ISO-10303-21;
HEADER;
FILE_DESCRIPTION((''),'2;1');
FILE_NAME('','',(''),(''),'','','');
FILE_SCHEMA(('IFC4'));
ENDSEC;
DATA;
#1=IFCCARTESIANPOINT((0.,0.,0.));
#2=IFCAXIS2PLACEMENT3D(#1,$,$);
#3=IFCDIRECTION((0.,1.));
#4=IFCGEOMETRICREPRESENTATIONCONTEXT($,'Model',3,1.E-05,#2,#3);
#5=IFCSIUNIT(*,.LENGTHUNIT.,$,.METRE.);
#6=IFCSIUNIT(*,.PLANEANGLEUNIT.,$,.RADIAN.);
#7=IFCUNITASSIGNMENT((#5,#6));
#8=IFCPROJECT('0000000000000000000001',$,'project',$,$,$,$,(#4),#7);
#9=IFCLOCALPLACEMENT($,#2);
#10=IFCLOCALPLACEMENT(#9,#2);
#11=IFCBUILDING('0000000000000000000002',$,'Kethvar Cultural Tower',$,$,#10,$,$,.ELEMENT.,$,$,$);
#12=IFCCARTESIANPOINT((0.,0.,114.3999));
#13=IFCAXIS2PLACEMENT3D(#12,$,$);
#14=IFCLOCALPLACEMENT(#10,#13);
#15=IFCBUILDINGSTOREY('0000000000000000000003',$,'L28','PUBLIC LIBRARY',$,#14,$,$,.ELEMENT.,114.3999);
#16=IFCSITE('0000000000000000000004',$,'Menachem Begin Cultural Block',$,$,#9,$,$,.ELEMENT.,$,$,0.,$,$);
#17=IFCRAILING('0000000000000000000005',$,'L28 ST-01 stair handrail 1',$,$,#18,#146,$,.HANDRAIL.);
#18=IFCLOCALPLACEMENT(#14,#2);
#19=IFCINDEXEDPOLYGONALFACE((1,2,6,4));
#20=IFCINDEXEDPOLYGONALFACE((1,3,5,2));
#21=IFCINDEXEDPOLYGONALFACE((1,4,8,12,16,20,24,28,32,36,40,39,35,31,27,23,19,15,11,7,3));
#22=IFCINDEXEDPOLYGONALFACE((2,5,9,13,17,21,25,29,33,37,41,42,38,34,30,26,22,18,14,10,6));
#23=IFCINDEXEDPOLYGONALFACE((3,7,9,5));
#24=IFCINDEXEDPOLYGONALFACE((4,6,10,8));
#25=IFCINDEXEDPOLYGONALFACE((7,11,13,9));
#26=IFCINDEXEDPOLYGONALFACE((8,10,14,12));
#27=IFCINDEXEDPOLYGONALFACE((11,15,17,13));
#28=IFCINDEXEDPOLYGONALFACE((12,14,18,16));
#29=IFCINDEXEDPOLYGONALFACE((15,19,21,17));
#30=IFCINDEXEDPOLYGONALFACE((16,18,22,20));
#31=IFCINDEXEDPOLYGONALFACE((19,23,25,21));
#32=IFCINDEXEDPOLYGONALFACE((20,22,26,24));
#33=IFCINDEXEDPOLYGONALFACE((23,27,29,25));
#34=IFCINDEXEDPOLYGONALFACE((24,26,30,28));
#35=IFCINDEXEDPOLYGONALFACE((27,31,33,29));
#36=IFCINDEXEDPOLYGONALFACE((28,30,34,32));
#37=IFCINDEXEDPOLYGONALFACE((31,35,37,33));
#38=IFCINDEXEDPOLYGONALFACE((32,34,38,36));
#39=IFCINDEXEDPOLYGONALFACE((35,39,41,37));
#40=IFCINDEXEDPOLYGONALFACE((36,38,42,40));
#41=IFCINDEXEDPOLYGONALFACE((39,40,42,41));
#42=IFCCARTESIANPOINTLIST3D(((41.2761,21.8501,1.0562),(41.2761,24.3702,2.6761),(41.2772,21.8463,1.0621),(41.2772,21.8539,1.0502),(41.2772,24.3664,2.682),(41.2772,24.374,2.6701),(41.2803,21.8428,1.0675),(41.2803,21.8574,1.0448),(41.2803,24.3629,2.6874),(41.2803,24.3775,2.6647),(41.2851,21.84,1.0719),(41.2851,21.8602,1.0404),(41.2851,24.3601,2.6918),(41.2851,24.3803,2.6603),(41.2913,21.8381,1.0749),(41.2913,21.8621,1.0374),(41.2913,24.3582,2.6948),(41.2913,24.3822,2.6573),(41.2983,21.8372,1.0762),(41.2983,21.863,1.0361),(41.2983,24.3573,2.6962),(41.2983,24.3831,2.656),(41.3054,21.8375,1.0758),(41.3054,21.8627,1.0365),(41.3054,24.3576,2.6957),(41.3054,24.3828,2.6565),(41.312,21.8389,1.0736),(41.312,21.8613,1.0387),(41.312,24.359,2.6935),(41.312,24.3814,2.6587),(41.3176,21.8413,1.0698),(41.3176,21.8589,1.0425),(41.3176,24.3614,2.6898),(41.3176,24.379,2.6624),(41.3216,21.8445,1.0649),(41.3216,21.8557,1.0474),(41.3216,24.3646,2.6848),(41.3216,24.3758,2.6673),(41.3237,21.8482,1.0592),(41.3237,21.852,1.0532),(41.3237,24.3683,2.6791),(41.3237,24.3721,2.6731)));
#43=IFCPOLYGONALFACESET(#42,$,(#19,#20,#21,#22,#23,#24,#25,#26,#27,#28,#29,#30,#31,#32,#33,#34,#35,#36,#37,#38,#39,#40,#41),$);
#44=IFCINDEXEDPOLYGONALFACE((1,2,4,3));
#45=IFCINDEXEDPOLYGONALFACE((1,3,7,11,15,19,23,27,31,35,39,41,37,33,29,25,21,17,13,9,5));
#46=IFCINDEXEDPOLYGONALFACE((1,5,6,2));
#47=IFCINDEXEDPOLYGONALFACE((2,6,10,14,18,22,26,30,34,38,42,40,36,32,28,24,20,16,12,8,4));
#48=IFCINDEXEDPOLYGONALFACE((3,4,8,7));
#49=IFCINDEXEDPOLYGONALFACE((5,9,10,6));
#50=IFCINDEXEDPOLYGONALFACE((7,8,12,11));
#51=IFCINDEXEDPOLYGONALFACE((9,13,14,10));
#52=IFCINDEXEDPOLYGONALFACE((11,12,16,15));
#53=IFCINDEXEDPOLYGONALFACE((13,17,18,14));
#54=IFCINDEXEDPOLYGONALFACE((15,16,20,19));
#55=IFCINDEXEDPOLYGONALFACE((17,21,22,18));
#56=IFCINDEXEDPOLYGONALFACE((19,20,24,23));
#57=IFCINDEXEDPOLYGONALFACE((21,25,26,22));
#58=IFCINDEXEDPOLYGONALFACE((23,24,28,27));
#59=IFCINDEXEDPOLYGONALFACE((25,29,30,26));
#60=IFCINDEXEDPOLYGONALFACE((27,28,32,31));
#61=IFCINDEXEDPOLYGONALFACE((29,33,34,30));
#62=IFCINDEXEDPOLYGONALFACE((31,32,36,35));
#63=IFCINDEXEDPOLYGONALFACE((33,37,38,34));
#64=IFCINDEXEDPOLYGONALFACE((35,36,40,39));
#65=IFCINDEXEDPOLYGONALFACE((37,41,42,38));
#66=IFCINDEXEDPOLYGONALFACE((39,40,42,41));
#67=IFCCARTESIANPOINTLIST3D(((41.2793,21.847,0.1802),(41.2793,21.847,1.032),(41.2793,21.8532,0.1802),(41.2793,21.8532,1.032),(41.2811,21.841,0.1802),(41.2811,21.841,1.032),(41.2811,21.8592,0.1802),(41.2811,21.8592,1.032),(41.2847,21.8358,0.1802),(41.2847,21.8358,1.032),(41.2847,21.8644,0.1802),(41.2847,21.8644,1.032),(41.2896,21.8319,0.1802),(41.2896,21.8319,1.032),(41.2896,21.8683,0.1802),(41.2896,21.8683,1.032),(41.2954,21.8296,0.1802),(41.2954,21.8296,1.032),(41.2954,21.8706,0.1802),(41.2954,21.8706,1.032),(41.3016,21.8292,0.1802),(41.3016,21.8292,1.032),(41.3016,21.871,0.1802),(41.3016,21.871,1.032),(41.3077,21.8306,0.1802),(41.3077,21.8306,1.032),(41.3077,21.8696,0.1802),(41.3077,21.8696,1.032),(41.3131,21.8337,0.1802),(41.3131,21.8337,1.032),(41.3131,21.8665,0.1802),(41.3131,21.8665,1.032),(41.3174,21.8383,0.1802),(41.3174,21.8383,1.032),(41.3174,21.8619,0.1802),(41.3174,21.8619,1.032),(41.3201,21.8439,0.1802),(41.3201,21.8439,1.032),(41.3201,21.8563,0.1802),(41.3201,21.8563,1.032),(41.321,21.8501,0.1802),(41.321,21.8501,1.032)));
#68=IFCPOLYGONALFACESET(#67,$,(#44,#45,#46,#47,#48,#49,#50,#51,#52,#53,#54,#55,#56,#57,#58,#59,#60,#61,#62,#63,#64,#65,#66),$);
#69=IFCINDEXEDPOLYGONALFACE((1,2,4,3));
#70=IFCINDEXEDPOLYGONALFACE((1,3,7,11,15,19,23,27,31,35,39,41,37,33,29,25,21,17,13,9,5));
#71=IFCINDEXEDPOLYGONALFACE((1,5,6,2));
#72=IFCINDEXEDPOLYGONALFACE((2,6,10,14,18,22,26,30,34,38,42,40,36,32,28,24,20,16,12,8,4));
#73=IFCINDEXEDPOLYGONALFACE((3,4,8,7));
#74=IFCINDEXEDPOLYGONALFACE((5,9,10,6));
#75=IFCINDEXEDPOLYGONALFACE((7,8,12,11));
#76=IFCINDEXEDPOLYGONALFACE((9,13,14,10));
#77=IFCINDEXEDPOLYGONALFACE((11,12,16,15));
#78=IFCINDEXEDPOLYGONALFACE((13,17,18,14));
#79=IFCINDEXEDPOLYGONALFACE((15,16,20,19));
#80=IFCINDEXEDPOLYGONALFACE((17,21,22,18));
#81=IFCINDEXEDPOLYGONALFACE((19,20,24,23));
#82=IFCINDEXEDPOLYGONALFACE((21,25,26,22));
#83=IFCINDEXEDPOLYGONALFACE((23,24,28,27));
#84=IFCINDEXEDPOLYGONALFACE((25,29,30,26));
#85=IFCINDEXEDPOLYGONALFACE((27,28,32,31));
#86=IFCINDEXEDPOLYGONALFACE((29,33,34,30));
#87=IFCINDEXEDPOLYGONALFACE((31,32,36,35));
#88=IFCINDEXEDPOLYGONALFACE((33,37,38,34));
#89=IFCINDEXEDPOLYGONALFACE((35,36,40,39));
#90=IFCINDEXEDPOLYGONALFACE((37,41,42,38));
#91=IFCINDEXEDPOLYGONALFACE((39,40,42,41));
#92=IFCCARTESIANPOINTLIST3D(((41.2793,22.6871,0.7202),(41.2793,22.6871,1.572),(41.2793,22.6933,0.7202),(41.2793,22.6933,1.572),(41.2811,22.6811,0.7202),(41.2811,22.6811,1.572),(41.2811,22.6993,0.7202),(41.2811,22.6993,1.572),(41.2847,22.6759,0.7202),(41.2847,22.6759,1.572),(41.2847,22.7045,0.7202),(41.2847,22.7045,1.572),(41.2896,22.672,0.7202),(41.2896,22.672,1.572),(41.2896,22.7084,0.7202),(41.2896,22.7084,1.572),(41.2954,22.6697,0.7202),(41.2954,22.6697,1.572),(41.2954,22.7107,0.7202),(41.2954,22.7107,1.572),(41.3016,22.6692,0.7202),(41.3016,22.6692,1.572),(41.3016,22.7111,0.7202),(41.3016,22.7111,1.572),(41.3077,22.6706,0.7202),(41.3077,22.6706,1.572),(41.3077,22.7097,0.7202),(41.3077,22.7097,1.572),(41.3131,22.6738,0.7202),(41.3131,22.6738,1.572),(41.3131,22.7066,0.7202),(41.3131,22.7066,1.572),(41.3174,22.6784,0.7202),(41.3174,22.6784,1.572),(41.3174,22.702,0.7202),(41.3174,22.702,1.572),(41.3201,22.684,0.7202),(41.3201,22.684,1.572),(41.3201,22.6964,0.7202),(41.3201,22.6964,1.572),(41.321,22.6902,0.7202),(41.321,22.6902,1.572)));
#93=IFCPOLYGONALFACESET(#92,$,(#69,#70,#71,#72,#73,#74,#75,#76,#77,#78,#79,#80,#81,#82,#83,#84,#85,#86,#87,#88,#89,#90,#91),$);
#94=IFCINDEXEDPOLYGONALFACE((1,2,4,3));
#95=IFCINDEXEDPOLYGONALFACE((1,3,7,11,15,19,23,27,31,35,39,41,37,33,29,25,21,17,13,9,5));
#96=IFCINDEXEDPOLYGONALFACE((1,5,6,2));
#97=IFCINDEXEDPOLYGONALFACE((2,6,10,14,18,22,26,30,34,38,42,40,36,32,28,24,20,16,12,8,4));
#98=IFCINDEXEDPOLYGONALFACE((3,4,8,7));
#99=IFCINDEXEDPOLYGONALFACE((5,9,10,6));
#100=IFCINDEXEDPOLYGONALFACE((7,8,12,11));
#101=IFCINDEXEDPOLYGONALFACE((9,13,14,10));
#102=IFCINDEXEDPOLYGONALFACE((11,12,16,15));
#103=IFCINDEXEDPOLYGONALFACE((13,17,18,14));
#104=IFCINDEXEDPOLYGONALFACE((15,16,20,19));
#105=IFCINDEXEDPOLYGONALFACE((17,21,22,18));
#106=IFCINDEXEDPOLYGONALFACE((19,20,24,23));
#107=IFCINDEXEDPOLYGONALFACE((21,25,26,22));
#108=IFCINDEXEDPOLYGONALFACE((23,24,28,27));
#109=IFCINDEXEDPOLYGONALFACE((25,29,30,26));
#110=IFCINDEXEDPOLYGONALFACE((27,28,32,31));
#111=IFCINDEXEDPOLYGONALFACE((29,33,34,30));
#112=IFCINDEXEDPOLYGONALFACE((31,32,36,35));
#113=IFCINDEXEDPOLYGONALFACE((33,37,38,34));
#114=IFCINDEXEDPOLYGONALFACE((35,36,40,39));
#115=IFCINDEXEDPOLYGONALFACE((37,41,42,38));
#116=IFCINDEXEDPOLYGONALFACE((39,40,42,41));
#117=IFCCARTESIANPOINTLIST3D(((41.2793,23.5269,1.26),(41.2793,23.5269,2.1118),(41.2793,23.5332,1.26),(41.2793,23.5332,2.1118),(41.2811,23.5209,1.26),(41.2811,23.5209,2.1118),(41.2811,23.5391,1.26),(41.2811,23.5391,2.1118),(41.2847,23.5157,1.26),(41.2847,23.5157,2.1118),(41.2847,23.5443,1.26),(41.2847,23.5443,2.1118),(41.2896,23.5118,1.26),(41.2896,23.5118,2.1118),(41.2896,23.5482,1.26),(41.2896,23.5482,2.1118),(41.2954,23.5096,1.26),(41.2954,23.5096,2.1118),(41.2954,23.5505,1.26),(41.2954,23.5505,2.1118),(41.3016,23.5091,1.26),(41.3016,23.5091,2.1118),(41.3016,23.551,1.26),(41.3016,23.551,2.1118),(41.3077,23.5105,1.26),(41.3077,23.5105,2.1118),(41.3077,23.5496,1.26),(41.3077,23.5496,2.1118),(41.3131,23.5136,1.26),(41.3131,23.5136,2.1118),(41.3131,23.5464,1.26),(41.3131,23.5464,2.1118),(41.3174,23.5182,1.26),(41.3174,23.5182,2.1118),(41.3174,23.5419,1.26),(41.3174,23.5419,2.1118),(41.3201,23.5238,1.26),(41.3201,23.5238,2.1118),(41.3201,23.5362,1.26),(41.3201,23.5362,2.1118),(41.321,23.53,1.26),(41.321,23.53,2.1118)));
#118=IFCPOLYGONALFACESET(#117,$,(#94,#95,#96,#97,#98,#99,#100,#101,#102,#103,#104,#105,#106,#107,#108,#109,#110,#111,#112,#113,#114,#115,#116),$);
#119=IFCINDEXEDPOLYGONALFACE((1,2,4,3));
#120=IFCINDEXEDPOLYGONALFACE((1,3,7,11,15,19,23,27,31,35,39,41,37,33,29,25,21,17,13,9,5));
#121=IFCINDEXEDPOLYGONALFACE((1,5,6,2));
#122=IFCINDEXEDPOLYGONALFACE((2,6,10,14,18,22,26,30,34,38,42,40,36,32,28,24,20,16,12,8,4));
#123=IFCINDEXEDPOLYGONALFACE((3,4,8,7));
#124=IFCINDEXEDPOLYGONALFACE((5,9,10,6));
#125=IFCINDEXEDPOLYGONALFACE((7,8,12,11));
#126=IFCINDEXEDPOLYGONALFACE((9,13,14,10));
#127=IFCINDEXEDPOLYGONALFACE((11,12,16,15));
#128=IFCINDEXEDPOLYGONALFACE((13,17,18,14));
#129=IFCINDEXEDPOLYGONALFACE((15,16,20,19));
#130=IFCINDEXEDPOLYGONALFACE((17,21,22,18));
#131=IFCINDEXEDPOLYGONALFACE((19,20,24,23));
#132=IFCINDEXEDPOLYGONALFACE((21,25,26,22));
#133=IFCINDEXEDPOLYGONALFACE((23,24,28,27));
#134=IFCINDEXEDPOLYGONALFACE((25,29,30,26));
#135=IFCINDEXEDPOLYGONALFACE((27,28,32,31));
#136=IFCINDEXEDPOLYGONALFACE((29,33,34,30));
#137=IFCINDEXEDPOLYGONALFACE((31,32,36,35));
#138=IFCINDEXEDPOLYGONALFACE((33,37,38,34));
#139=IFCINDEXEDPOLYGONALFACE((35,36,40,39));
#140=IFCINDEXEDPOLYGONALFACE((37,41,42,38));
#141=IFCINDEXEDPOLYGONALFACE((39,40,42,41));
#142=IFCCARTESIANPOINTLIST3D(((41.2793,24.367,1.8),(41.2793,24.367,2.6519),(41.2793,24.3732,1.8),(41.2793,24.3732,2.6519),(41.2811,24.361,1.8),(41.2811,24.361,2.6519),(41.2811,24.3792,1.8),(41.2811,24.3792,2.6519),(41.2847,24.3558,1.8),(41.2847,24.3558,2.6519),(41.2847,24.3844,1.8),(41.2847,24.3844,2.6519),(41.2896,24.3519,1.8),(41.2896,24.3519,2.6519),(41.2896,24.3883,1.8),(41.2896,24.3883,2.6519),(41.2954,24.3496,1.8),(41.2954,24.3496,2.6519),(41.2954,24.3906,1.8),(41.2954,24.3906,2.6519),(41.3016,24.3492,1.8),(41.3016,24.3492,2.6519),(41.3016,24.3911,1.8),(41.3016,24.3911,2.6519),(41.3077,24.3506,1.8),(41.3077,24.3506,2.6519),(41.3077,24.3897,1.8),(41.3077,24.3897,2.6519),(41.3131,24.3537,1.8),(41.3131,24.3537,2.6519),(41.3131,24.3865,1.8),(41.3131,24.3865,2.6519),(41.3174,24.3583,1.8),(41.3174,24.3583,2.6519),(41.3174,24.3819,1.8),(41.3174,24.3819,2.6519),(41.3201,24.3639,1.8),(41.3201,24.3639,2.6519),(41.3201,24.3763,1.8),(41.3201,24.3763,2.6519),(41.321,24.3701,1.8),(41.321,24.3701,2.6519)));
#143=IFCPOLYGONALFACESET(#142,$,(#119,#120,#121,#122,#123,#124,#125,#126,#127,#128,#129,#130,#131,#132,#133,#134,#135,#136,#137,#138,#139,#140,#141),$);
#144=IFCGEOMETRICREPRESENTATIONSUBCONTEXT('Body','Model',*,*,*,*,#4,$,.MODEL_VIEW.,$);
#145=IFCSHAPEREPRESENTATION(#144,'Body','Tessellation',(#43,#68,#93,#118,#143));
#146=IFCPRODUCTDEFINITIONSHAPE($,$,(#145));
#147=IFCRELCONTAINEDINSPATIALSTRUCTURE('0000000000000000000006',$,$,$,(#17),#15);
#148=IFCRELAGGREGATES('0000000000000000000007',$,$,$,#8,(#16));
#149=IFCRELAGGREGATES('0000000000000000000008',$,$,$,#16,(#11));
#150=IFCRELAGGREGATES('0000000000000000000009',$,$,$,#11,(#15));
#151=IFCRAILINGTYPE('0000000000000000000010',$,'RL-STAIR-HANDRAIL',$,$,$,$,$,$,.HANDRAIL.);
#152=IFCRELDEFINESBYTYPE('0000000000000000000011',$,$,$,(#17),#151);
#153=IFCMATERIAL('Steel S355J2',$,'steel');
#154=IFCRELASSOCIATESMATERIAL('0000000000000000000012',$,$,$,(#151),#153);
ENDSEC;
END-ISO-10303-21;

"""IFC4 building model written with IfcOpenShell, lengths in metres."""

from ifc_helpers import new_model, si_unit, direction, frame, origin, origin_2d, place, context, subcontext, project, spatial, circle, extrude, material, type_object, element, save


model = new_model("IFC4")

# Units and contexts
model_context = context("Model", 3, precision=1e-05, world=origin(), true_north=direction((0.0, 1.0)))
body_context = subcontext(model_context, "Body", "Model", "MODEL_VIEW")
ifc_project = project(units=[si_unit("LENGTHUNIT", "METRE"), si_unit("PLANEANGLEUNIT", "RADIAN")], contexts=[model_context])

# Site, building, storey
site_placement = place(None, origin())
site = spatial("IfcSite", under=ifc_project, at=site_placement, Name="Menachem Begin Cultural Block", CompositionType="ELEMENT", RefElevation=0.0)
building_placement = place(site_placement, origin())
building = spatial("IfcBuilding", under=site, at=building_placement, Name="Kethvar Cultural Tower", CompositionType="ELEMENT")
storey_placement = place(building_placement, frame((0.0, 0.0, 114.3999)))
storey = spatial("IfcBuildingStorey", under=building, at=storey_placement, Name="L28", Description="PUBLIC LIBRARY", CompositionType="ELEMENT", Elevation=114.3999)

# Shared definitions
ifc_material_1 = material(Name="Steel S355J2", Category="steel")

# Railing
railing_type_1 = type_object("IfcRailingType", Name="RL-STAIR-HANDRAIL", PredefinedType="HANDRAIL", material=ifc_material_1)
railing_1_placement = place(storey_placement, frame((41.3, 21.8501, 0.1802)))
element("IfcRailing", 1, at=railing_1_placement, inside=storey, type_object=railing_type_1, Name="L28 ST-01 stair handrail 1", PredefinedType="HANDRAIL", context=body_context, shape_type="SweptSolid", body=[
    extrude(circle(Radius=0.0239, at=origin_2d()), frame((0.0, 0.0, 0.876), z_axis=(0.0, 0.8412, 0.540725), x_axis=(-1.0, 0.0, 0.0)), (0.0, 0.0, 1.0), 2.9958),
    extrude(circle(Radius=0.021, at=origin_2d()), origin(), (0.0, 0.0, 1.0), 0.8518),
    extrude(circle(Radius=0.021, at=origin_2d()), frame((0.0, 0.8401, 0.54)), (0.0, 0.0, 1.0), 0.8518),
    extrude(circle(Radius=0.021, at=origin_2d()), frame((0.0, 1.6799, 1.0798)), (0.0, 0.0, 1.0), 0.8518),
    extrude(circle(Radius=0.021, at=origin_2d()), frame((0.0, 2.52, 1.6199)), (0.0, 0.0, 1.0), 0.8518),
])

save(model, "model.ifc")
